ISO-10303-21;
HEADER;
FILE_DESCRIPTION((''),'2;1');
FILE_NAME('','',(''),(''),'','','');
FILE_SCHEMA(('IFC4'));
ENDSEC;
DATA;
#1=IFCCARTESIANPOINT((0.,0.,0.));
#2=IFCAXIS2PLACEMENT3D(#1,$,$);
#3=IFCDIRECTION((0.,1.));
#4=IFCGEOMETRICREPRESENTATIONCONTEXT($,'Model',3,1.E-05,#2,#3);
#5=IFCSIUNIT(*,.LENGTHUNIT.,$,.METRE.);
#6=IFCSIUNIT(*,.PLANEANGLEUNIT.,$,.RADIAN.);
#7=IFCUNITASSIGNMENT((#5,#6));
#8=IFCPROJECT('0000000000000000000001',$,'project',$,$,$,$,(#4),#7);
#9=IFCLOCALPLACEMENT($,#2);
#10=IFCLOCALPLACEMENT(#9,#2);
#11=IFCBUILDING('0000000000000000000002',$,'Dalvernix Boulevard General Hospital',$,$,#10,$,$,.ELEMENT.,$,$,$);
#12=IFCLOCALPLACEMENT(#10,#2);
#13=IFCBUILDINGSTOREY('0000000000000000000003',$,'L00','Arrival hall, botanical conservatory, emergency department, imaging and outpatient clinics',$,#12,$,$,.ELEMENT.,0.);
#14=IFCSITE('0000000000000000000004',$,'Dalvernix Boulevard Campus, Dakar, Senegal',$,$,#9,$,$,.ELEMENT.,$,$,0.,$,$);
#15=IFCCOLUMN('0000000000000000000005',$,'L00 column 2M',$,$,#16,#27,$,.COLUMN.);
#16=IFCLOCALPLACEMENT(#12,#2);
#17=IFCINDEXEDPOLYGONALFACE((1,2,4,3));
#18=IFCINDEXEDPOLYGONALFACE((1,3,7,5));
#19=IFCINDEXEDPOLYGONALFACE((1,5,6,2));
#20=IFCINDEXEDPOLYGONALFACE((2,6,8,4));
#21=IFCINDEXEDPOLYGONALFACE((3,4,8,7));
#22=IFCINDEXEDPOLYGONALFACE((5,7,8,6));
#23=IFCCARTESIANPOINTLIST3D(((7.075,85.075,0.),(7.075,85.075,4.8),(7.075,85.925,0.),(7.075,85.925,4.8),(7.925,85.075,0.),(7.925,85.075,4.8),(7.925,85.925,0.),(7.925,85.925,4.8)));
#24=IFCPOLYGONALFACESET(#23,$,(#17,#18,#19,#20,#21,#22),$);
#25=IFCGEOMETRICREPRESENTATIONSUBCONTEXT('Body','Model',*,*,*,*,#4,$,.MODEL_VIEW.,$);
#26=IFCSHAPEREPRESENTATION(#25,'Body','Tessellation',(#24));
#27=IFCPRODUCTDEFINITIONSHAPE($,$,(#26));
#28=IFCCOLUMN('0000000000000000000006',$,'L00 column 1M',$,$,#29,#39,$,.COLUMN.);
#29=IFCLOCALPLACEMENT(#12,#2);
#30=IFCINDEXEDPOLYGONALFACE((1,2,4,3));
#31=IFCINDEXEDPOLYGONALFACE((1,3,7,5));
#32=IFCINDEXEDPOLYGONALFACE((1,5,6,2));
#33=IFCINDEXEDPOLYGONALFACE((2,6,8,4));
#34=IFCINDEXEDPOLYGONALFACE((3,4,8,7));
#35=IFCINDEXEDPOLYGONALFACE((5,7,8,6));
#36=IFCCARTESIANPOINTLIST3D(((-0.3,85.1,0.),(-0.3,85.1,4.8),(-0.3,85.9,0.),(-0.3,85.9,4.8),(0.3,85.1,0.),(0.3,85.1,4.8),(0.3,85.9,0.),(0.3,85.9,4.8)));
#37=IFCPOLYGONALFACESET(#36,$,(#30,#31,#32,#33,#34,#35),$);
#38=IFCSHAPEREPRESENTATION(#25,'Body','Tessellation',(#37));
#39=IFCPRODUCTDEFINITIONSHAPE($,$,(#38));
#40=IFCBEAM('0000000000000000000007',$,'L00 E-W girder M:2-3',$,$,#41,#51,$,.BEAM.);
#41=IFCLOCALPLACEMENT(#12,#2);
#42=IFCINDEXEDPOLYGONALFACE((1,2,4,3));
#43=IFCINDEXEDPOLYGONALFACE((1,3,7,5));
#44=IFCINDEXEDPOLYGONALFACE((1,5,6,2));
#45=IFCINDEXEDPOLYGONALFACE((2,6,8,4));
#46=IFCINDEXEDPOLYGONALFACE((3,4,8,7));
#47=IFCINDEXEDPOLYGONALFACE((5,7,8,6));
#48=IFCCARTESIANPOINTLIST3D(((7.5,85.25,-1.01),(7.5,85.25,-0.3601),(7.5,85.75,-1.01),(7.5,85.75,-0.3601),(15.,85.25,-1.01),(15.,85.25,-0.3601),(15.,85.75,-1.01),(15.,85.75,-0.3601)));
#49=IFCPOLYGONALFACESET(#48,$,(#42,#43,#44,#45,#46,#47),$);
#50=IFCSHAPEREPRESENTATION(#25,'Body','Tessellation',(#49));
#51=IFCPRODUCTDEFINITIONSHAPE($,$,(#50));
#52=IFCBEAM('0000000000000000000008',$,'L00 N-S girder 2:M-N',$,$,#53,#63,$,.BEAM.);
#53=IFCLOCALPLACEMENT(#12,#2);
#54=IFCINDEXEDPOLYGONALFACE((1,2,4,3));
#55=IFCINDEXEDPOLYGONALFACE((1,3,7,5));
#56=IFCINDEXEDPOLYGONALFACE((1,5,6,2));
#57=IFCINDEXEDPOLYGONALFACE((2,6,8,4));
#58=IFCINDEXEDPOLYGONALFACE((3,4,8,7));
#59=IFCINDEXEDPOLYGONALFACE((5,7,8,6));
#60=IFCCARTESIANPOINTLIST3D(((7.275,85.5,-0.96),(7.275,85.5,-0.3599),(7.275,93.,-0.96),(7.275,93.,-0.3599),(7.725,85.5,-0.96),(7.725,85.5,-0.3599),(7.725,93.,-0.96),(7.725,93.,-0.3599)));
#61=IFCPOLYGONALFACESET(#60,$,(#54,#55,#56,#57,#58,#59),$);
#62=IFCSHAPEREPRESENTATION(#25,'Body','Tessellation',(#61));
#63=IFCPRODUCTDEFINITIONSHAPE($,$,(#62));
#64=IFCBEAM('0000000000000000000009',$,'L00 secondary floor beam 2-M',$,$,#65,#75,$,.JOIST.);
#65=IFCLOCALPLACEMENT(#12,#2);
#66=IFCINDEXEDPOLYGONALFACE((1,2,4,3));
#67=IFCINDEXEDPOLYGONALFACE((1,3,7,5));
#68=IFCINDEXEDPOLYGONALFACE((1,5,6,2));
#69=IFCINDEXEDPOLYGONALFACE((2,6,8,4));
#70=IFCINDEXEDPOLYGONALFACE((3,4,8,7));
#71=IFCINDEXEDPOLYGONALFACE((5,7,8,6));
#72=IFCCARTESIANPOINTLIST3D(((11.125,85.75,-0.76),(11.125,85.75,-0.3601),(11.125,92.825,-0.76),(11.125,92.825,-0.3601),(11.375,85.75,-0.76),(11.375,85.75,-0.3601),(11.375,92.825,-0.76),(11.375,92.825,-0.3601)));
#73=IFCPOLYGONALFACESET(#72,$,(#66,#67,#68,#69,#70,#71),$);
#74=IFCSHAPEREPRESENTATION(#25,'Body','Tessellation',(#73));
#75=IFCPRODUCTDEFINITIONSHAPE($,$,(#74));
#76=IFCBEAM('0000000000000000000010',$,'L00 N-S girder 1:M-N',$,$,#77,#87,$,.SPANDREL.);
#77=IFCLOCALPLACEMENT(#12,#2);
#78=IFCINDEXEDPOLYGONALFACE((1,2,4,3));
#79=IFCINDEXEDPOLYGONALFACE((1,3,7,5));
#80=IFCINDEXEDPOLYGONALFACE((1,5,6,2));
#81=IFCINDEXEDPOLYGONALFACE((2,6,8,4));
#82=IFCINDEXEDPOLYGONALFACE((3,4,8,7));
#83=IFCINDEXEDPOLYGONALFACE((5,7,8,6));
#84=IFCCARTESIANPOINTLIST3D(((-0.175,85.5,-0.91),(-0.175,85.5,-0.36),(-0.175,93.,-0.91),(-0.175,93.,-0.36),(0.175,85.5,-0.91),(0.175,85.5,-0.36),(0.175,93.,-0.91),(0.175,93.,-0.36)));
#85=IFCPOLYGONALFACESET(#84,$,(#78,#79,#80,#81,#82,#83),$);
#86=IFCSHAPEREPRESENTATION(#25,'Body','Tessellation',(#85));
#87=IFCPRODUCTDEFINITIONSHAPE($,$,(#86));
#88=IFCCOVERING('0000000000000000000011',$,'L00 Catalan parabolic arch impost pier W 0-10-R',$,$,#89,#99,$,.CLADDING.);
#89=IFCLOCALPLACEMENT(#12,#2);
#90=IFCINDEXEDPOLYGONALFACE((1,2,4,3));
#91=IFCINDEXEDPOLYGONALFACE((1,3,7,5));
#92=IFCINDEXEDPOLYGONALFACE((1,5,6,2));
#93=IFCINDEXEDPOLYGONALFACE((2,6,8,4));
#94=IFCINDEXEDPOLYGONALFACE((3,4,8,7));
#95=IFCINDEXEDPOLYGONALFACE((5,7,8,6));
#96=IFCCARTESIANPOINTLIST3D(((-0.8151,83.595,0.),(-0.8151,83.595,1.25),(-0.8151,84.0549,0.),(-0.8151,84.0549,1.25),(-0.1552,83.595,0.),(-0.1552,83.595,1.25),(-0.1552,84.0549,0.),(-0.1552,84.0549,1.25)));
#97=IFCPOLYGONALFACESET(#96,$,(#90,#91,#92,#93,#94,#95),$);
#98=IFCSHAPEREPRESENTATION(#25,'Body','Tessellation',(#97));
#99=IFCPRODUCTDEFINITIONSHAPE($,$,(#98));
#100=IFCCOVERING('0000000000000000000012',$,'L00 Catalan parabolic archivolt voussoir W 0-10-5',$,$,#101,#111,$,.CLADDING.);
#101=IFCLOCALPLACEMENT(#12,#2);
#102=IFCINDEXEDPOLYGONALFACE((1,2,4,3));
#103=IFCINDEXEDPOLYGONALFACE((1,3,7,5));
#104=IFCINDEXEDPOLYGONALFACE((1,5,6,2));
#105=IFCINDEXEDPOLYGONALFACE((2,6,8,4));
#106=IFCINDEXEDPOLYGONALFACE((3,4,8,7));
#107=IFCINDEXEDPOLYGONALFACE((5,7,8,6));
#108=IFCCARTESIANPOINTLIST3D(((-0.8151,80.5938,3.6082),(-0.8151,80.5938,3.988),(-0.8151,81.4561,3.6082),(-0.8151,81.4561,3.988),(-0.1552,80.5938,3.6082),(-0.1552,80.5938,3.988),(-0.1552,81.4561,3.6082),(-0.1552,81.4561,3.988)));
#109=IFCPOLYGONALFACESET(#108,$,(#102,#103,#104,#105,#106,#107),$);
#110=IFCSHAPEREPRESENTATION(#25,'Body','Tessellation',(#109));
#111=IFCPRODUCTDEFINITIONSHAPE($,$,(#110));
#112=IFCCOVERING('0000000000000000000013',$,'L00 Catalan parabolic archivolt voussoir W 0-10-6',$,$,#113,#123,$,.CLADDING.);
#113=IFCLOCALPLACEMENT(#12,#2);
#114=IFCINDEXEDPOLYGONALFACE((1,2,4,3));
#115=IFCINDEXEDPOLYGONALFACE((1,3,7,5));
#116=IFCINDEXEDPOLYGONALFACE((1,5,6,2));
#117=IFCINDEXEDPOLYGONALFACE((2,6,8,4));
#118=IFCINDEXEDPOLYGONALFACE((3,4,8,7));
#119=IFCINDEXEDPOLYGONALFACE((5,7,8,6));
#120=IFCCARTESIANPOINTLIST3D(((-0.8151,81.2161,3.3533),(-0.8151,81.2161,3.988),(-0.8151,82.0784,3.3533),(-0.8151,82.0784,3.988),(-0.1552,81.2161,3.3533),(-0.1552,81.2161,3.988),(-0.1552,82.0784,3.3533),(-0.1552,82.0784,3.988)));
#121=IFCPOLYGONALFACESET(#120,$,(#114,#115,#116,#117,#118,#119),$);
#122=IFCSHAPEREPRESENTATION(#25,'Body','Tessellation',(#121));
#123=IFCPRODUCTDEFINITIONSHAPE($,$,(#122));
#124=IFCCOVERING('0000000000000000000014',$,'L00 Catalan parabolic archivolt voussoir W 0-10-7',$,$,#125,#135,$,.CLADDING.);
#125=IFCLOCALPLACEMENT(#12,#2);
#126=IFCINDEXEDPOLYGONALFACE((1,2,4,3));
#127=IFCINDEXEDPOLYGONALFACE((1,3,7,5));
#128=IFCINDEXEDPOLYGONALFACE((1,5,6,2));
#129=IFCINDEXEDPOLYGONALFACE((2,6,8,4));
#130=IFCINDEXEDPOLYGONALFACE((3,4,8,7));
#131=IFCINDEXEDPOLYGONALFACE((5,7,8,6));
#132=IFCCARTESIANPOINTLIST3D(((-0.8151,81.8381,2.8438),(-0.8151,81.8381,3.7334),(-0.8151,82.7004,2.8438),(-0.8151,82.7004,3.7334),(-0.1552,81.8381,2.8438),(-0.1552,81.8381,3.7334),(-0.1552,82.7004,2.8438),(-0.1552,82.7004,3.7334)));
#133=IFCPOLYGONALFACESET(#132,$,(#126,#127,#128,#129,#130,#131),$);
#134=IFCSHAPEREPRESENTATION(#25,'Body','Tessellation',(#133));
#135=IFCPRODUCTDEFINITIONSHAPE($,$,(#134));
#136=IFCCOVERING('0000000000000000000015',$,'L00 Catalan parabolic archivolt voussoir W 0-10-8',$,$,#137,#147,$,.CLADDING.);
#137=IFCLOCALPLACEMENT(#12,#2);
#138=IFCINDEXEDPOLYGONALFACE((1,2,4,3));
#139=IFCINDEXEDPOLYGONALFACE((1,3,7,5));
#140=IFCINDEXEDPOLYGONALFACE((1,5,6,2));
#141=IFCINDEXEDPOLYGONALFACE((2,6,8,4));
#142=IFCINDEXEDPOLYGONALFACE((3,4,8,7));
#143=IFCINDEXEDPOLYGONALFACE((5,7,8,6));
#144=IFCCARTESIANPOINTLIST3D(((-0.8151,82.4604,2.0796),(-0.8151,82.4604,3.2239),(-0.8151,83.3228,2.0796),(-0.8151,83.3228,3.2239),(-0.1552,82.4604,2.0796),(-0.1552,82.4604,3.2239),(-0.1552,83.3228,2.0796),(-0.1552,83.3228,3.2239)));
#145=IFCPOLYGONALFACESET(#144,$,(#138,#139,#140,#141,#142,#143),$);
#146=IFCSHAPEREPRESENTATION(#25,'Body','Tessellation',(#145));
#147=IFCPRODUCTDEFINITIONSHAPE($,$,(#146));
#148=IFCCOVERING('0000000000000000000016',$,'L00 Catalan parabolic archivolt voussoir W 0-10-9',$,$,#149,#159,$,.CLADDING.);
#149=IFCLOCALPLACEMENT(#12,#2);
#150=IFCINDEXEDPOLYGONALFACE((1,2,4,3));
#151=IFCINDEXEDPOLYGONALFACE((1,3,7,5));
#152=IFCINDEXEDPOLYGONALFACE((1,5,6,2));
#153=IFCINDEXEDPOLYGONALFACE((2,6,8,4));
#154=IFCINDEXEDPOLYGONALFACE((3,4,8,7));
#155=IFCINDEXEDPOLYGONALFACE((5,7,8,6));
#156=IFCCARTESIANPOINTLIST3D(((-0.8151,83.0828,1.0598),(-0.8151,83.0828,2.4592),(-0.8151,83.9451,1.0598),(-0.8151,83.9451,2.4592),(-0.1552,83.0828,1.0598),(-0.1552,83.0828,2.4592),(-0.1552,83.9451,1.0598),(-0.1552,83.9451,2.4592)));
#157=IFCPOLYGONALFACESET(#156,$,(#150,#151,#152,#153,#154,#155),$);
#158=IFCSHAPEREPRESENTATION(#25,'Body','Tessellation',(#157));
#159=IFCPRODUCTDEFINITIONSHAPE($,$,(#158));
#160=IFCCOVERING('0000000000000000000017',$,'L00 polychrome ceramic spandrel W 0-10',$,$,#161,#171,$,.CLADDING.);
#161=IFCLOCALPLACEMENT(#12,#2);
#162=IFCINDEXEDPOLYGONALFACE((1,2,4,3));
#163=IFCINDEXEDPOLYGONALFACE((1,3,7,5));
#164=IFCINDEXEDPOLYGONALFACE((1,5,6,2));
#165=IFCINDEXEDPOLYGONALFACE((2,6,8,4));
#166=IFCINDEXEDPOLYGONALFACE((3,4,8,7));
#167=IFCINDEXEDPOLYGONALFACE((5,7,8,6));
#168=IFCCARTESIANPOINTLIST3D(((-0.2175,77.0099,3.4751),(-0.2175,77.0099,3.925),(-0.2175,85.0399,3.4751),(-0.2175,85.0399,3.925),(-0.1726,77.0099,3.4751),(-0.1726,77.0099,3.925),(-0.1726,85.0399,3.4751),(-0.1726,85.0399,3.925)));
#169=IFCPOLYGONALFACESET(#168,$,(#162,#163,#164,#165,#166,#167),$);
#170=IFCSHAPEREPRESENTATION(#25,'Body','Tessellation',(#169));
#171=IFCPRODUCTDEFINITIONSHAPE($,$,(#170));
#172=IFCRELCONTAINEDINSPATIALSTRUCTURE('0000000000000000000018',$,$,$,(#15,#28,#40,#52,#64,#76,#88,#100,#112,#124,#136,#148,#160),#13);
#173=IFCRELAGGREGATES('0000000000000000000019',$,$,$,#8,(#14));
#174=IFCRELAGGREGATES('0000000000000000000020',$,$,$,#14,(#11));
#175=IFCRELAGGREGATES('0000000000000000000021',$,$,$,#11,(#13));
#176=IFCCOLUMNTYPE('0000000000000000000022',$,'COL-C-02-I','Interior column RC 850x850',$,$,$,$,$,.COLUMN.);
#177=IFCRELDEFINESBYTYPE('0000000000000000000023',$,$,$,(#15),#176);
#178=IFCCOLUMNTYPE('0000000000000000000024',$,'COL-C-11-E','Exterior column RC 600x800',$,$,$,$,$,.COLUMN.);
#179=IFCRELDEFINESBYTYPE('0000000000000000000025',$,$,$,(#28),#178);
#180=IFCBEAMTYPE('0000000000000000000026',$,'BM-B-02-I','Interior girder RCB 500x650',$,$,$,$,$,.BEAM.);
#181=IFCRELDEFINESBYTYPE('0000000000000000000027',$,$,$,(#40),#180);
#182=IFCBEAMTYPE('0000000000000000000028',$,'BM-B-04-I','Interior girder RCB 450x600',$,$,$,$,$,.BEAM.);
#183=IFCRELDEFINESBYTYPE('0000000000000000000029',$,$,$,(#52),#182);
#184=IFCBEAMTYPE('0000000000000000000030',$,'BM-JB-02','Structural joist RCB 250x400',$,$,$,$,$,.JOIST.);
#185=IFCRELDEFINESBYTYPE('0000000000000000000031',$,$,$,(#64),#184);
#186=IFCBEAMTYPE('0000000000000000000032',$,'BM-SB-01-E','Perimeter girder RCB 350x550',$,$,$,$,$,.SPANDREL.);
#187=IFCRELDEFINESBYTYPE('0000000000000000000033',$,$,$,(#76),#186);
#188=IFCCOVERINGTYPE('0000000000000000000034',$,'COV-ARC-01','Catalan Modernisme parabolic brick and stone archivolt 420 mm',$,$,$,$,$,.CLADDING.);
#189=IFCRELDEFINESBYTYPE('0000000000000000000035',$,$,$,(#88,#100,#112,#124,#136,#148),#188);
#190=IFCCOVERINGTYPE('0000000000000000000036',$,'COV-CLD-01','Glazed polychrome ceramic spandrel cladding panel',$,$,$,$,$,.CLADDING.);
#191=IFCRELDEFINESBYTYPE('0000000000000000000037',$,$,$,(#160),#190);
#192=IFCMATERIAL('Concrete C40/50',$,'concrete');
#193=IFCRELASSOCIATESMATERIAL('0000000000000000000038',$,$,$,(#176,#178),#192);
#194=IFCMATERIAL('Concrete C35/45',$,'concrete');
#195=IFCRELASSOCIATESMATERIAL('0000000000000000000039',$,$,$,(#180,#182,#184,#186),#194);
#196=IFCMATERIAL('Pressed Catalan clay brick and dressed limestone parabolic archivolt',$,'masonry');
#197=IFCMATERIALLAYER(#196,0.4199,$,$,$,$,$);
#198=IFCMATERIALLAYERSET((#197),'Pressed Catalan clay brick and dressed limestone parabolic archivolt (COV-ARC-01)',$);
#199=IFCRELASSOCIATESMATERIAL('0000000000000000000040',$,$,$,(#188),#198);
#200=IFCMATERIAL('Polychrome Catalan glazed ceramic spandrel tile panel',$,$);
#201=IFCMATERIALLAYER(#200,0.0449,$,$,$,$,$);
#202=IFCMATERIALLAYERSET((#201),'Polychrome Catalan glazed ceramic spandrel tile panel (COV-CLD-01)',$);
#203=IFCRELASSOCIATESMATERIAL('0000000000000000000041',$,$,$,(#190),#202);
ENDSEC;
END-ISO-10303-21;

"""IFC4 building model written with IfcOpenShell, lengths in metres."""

from ifc_helpers import new_model, si_unit, direction, frame, origin, origin_2d, place, context, subcontext, project, spatial, rectangle, extrude, material, layer, layer_set, material_profile, profile_set, type_object, element, save


model = new_model("IFC4")

# Units and contexts
model_context = context("Model", 3, precision=1e-05, world=origin(), true_north=direction((0.0, 1.0)))
body_context = subcontext(model_context, "Body", "Model", "MODEL_VIEW")
ifc_project = project(units=[si_unit("LENGTHUNIT", "METRE"), si_unit("PLANEANGLEUNIT", "RADIAN")], contexts=[model_context])

# Site, building, storey
site_placement = place(None, origin())
site = spatial("IfcSite", under=ifc_project, at=site_placement, Name="Dalvernix Boulevard Campus, Dakar, Senegal", CompositionType="ELEMENT", RefElevation=0.0)
building_placement = place(site_placement, origin())
building = spatial("IfcBuilding", under=site, at=building_placement, Name="Dalvernix Boulevard General Hospital", CompositionType="ELEMENT")
storey_placement = place(building_placement, origin())
storey = spatial("IfcBuildingStorey", under=building, at=storey_placement, Name="L00", Description="Arrival hall, botanical conservatory, emergency department, imaging and outpatient clinics", CompositionType="ELEMENT", Elevation=0.0)

# Columns
ifc_material_1 = material(Name="Concrete C40/50", Category="concrete")
ifc_material_profile_1 = material_profile(ifc_material_1, rectangle(XDim=0.8501, YDim=0.8501, at=origin_2d()), Name="RC 850x850")
ifc_profile_set_1 = profile_set([ifc_material_profile_1], Name="Concrete C40/50")
column_type_1 = type_object("IfcColumnType", Name="COL-C-02-I", Description="Interior column RC 850x850", PredefinedType="COLUMN", material=ifc_profile_set_1)
column_1_placement = place(storey_placement, frame((7.5, 85.5, 0.0), z_axis=(0.0, 0.0, 1.0), x_axis=(1.0, 0.0, 0.0)))
element("IfcColumn", 1, at=column_1_placement, inside=storey, type_object=column_type_1, Name="L00 column 2M", PredefinedType="COLUMN", context=body_context, shape_type="SweptSolid", body=[
    extrude(rectangle(XDim=0.8501, YDim=0.8501, at=origin_2d()), origin(), (0.0, 0.0, 1.0), 4.8),
])
ifc_material_profile_2 = material_profile(ifc_material_1, rectangle(XDim=0.6001, YDim=0.8, at=origin_2d()), Name="RC 600x800")
ifc_profile_set_2 = profile_set([ifc_material_profile_2], Name="Concrete C40/50")
column_type_2 = type_object("IfcColumnType", Name="COL-C-11-E", Description="Exterior column RC 600x800", PredefinedType="COLUMN", material=ifc_profile_set_2)
column_2_placement = place(storey_placement, frame((0.0, 85.5, 0.0), z_axis=(0.0, 0.0, 1.0), x_axis=(1.0, 0.0, 0.0)))
element("IfcColumn", 2, at=column_2_placement, inside=storey, type_object=column_type_2, Name="L00 column 1M", PredefinedType="COLUMN", context=body_context, shape_type="SweptSolid", body=[
    extrude(rectangle(XDim=0.6001, YDim=0.8, at=origin_2d()), origin(), (0.0, 0.0, 1.0), 4.8),
])

# Beams
ifc_material_2 = material(Name="Concrete C35/45", Category="concrete")
ifc_material_profile_3 = material_profile(ifc_material_2, rectangle(XDim=0.5, YDim=0.6499, at=origin_2d()), Name="RCB 500x650")
ifc_profile_set_3 = profile_set([ifc_material_profile_3], Name="Concrete C35/45")
beam_type_1 = type_object("IfcBeamType", Name="BM-B-02-I", Description="Interior girder RCB 500x650", PredefinedType="BEAM", material=ifc_profile_set_3)
beam_1_placement = place(storey_placement, frame((7.5, 85.5, -0.6851), z_axis=(1.0, 0.0, 0.0), x_axis=(0.0, 1.0, 0.0)))
element("IfcBeam", 3, at=beam_1_placement, inside=storey, type_object=beam_type_1, Name="L00 E-W girder M:2-3", PredefinedType="BEAM", context=body_context, shape_type="SweptSolid", body=[
    extrude(rectangle(XDim=0.5, YDim=0.6499, at=origin_2d()), origin(), (0.0, 0.0, 1.0), 7.5),
])
ifc_material_profile_4 = material_profile(ifc_material_2, rectangle(XDim=0.45, YDim=0.6001, at=origin_2d()), Name="RCB 450x600")
ifc_profile_set_4 = profile_set([ifc_material_profile_4], Name="Concrete C35/45")
beam_type_2 = type_object("IfcBeamType", Name="BM-B-04-I", Description="Interior girder RCB 450x600", PredefinedType="BEAM", material=ifc_profile_set_4)
beam_2_placement = place(storey_placement, frame((7.5, 85.5, -0.6599), z_axis=(0.0, 1.0, 0.0), x_axis=(-1.0, 0.0, 0.0)))
element("IfcBeam", 4, at=beam_2_placement, inside=storey, type_object=beam_type_2, Name="L00 N-S girder 2:M-N", PredefinedType="BEAM", context=body_context, shape_type="SweptSolid", body=[
    extrude(rectangle(XDim=0.45, YDim=0.6001, at=origin_2d()), origin(), (0.0, 0.0, 1.0), 7.5),
])
ifc_material_profile_5 = material_profile(ifc_material_2, rectangle(XDim=0.25, YDim=0.3999, at=origin_2d()), Name="RCB 250x400")
ifc_profile_set_5 = profile_set([ifc_material_profile_5], Name="Concrete C35/45")
beam_type_3 = type_object("IfcBeamType", Name="BM-JB-02", Description="Structural joist RCB 250x400", PredefinedType="JOIST", material=ifc_profile_set_5)
beam_3_placement = place(storey_placement, frame((11.25, 85.75, -0.5601), z_axis=(0.0, 1.0, 0.0), x_axis=(-1.0, 0.0, 0.0)))
element("IfcBeam", 5, at=beam_3_placement, inside=storey, type_object=beam_type_3, Name="L00 secondary floor beam 2-M", PredefinedType="JOIST", context=body_context, shape_type="SweptSolid", body=[
    extrude(rectangle(XDim=0.25, YDim=0.3999, at=origin_2d()), origin(), (0.0, 0.0, 1.0), 7.075),
])
ifc_material_profile_6 = material_profile(ifc_material_2, rectangle(XDim=0.3501, YDim=0.55, at=origin_2d()), Name="RCB 350x550")
ifc_profile_set_6 = profile_set([ifc_material_profile_6], Name="Concrete C35/45")
beam_type_4 = type_object("IfcBeamType", Name="BM-SB-01-E", Description="Perimeter girder RCB 350x550", PredefinedType="SPANDREL", material=ifc_profile_set_6)
beam_4_placement = place(storey_placement, frame((0.0, 85.5, -0.635), z_axis=(0.0, 1.0, 0.0), x_axis=(-1.0, 0.0, 0.0)))
element("IfcBeam", 6, at=beam_4_placement, inside=storey, type_object=beam_type_4, Name="L00 N-S girder 1:M-N", PredefinedType="SPANDREL", context=body_context, shape_type="SweptSolid", body=[
    extrude(rectangle(XDim=0.3501, YDim=0.55, at=origin_2d()), origin(), (0.0, 0.0, 1.0), 7.5),
])

# Coverings
ifc_material_3 = material(Name="Pressed Catalan clay brick and dressed limestone parabolic archivolt", Category="masonry")
ifc_layer_1 = layer(ifc_material_3, 0.4199)
ifc_layer_set_1 = layer_set([ifc_layer_1], Name="Pressed Catalan clay brick and dressed limestone parabolic archivolt (COV-ARC-01)")
covering_type_1 = type_object("IfcCoveringType", Name="COV-ARC-01", Description="Catalan Modernisme parabolic brick and stone archivolt 420 mm", PredefinedType="CLADDING", material=ifc_layer_set_1)
covering_1_placement = place(storey_placement, frame((-0.4851, 83.825, 0.0), z_axis=(0.0, 0.0, 1.0), x_axis=(0.0, 1.0, 0.0)))
element("IfcCovering", 7, at=covering_1_placement, inside=storey, type_object=covering_type_1, Name="L00 Catalan parabolic arch impost pier W 0-10-R", PredefinedType="CLADDING", context=body_context, shape_type="SweptSolid", body=[
    extrude(rectangle(XDim=0.46, YDim=0.6599, at=origin_2d()), origin(), (0.0, 0.0, 1.0), 1.25),
])
covering_2_placement = place(storey_placement, frame((-0.4851, 81.0249, 3.6082), z_axis=(0.0, 0.0, 1.0), x_axis=(0.0, 1.0, 0.0)))
element("IfcCovering", 8, at=covering_2_placement, inside=storey, type_object=covering_type_1, Name="L00 Catalan parabolic archivolt voussoir W 0-10-5", PredefinedType="CLADDING", context=body_context, shape_type="SweptSolid", body=[
    extrude(rectangle(XDim=0.8623, YDim=0.6599, at=origin_2d()), origin(), (0.0, 0.0, 1.0), 0.3799),
])
covering_3_placement = place(storey_placement, frame((-0.4851, 81.6472, 3.3533), z_axis=(0.0, 0.0, 1.0), x_axis=(0.0, 1.0, 0.0)))
element("IfcCovering", 9, at=covering_3_placement, inside=storey, type_object=covering_type_1, Name="L00 Catalan parabolic archivolt voussoir W 0-10-6", PredefinedType="CLADDING", context=body_context, shape_type="SweptSolid", body=[
    extrude(rectangle(XDim=0.8623, YDim=0.6599, at=origin_2d()), origin(), (0.0, 0.0, 1.0), 0.6348),
])
covering_4_placement = place(storey_placement, frame((-0.4851, 82.2693, 2.8438), z_axis=(0.0, 0.0, 1.0), x_axis=(0.0, 1.0, 0.0)))
element("IfcCovering", 10, at=covering_4_placement, inside=storey, type_object=covering_type_1, Name="L00 Catalan parabolic archivolt voussoir W 0-10-7", PredefinedType="CLADDING", context=body_context, shape_type="SweptSolid", body=[
    extrude(rectangle(XDim=0.8623, YDim=0.6599, at=origin_2d()), origin(), (0.0, 0.0, 1.0), 0.8896),
])
covering_5_placement = place(storey_placement, frame((-0.4851, 82.8916, 2.0796), z_axis=(0.0, 0.0, 1.0), x_axis=(0.0, 1.0, 0.0)))
element("IfcCovering", 11, at=covering_5_placement, inside=storey, type_object=covering_type_1, Name="L00 Catalan parabolic archivolt voussoir W 0-10-8", PredefinedType="CLADDING", context=body_context, shape_type="SweptSolid", body=[
    extrude(rectangle(XDim=0.8623, YDim=0.6599, at=origin_2d()), origin(), (0.0, 0.0, 1.0), 1.1443),
])
covering_6_placement = place(storey_placement, frame((-0.4851, 83.5139, 1.0598), z_axis=(0.0, 0.0, 1.0), x_axis=(0.0, 1.0, 0.0)))
element("IfcCovering", 12, at=covering_6_placement, inside=storey, type_object=covering_type_1, Name="L00 Catalan parabolic archivolt voussoir W 0-10-9", PredefinedType="CLADDING", context=body_context, shape_type="SweptSolid", body=[
    extrude(rectangle(XDim=0.8623, YDim=0.6599, at=origin_2d()), origin(), (0.0, 0.0, 1.0), 1.3994),
])
ifc_material_4 = material(Name="Polychrome Catalan glazed ceramic spandrel tile panel")
ifc_layer_2 = layer(ifc_material_4, 0.0449)
ifc_layer_set_2 = layer_set([ifc_layer_2], Name="Polychrome Catalan glazed ceramic spandrel tile panel (COV-CLD-01)")
covering_type_2 = type_object("IfcCoveringType", Name="COV-CLD-01", Description="Glazed polychrome ceramic spandrel cladding panel", PredefinedType="CLADDING", material=ifc_layer_set_2)
covering_7_placement = place(storey_placement, frame((-0.1951, 81.0249, 3.4751), z_axis=(0.0, 0.0, 1.0), x_axis=(0.0, 1.0, 0.0)))
element("IfcCovering", 13, at=covering_7_placement, inside=storey, type_object=covering_type_2, Name="L00 polychrome ceramic spandrel W 0-10", PredefinedType="CLADDING", context=body_context, shape_type="SweptSolid", body=[
    extrude(rectangle(XDim=8.03, YDim=0.0449, at=origin_2d()), origin(), (0.0, 0.0, 1.0), 0.45),
])

save(model, "model.ifc")
